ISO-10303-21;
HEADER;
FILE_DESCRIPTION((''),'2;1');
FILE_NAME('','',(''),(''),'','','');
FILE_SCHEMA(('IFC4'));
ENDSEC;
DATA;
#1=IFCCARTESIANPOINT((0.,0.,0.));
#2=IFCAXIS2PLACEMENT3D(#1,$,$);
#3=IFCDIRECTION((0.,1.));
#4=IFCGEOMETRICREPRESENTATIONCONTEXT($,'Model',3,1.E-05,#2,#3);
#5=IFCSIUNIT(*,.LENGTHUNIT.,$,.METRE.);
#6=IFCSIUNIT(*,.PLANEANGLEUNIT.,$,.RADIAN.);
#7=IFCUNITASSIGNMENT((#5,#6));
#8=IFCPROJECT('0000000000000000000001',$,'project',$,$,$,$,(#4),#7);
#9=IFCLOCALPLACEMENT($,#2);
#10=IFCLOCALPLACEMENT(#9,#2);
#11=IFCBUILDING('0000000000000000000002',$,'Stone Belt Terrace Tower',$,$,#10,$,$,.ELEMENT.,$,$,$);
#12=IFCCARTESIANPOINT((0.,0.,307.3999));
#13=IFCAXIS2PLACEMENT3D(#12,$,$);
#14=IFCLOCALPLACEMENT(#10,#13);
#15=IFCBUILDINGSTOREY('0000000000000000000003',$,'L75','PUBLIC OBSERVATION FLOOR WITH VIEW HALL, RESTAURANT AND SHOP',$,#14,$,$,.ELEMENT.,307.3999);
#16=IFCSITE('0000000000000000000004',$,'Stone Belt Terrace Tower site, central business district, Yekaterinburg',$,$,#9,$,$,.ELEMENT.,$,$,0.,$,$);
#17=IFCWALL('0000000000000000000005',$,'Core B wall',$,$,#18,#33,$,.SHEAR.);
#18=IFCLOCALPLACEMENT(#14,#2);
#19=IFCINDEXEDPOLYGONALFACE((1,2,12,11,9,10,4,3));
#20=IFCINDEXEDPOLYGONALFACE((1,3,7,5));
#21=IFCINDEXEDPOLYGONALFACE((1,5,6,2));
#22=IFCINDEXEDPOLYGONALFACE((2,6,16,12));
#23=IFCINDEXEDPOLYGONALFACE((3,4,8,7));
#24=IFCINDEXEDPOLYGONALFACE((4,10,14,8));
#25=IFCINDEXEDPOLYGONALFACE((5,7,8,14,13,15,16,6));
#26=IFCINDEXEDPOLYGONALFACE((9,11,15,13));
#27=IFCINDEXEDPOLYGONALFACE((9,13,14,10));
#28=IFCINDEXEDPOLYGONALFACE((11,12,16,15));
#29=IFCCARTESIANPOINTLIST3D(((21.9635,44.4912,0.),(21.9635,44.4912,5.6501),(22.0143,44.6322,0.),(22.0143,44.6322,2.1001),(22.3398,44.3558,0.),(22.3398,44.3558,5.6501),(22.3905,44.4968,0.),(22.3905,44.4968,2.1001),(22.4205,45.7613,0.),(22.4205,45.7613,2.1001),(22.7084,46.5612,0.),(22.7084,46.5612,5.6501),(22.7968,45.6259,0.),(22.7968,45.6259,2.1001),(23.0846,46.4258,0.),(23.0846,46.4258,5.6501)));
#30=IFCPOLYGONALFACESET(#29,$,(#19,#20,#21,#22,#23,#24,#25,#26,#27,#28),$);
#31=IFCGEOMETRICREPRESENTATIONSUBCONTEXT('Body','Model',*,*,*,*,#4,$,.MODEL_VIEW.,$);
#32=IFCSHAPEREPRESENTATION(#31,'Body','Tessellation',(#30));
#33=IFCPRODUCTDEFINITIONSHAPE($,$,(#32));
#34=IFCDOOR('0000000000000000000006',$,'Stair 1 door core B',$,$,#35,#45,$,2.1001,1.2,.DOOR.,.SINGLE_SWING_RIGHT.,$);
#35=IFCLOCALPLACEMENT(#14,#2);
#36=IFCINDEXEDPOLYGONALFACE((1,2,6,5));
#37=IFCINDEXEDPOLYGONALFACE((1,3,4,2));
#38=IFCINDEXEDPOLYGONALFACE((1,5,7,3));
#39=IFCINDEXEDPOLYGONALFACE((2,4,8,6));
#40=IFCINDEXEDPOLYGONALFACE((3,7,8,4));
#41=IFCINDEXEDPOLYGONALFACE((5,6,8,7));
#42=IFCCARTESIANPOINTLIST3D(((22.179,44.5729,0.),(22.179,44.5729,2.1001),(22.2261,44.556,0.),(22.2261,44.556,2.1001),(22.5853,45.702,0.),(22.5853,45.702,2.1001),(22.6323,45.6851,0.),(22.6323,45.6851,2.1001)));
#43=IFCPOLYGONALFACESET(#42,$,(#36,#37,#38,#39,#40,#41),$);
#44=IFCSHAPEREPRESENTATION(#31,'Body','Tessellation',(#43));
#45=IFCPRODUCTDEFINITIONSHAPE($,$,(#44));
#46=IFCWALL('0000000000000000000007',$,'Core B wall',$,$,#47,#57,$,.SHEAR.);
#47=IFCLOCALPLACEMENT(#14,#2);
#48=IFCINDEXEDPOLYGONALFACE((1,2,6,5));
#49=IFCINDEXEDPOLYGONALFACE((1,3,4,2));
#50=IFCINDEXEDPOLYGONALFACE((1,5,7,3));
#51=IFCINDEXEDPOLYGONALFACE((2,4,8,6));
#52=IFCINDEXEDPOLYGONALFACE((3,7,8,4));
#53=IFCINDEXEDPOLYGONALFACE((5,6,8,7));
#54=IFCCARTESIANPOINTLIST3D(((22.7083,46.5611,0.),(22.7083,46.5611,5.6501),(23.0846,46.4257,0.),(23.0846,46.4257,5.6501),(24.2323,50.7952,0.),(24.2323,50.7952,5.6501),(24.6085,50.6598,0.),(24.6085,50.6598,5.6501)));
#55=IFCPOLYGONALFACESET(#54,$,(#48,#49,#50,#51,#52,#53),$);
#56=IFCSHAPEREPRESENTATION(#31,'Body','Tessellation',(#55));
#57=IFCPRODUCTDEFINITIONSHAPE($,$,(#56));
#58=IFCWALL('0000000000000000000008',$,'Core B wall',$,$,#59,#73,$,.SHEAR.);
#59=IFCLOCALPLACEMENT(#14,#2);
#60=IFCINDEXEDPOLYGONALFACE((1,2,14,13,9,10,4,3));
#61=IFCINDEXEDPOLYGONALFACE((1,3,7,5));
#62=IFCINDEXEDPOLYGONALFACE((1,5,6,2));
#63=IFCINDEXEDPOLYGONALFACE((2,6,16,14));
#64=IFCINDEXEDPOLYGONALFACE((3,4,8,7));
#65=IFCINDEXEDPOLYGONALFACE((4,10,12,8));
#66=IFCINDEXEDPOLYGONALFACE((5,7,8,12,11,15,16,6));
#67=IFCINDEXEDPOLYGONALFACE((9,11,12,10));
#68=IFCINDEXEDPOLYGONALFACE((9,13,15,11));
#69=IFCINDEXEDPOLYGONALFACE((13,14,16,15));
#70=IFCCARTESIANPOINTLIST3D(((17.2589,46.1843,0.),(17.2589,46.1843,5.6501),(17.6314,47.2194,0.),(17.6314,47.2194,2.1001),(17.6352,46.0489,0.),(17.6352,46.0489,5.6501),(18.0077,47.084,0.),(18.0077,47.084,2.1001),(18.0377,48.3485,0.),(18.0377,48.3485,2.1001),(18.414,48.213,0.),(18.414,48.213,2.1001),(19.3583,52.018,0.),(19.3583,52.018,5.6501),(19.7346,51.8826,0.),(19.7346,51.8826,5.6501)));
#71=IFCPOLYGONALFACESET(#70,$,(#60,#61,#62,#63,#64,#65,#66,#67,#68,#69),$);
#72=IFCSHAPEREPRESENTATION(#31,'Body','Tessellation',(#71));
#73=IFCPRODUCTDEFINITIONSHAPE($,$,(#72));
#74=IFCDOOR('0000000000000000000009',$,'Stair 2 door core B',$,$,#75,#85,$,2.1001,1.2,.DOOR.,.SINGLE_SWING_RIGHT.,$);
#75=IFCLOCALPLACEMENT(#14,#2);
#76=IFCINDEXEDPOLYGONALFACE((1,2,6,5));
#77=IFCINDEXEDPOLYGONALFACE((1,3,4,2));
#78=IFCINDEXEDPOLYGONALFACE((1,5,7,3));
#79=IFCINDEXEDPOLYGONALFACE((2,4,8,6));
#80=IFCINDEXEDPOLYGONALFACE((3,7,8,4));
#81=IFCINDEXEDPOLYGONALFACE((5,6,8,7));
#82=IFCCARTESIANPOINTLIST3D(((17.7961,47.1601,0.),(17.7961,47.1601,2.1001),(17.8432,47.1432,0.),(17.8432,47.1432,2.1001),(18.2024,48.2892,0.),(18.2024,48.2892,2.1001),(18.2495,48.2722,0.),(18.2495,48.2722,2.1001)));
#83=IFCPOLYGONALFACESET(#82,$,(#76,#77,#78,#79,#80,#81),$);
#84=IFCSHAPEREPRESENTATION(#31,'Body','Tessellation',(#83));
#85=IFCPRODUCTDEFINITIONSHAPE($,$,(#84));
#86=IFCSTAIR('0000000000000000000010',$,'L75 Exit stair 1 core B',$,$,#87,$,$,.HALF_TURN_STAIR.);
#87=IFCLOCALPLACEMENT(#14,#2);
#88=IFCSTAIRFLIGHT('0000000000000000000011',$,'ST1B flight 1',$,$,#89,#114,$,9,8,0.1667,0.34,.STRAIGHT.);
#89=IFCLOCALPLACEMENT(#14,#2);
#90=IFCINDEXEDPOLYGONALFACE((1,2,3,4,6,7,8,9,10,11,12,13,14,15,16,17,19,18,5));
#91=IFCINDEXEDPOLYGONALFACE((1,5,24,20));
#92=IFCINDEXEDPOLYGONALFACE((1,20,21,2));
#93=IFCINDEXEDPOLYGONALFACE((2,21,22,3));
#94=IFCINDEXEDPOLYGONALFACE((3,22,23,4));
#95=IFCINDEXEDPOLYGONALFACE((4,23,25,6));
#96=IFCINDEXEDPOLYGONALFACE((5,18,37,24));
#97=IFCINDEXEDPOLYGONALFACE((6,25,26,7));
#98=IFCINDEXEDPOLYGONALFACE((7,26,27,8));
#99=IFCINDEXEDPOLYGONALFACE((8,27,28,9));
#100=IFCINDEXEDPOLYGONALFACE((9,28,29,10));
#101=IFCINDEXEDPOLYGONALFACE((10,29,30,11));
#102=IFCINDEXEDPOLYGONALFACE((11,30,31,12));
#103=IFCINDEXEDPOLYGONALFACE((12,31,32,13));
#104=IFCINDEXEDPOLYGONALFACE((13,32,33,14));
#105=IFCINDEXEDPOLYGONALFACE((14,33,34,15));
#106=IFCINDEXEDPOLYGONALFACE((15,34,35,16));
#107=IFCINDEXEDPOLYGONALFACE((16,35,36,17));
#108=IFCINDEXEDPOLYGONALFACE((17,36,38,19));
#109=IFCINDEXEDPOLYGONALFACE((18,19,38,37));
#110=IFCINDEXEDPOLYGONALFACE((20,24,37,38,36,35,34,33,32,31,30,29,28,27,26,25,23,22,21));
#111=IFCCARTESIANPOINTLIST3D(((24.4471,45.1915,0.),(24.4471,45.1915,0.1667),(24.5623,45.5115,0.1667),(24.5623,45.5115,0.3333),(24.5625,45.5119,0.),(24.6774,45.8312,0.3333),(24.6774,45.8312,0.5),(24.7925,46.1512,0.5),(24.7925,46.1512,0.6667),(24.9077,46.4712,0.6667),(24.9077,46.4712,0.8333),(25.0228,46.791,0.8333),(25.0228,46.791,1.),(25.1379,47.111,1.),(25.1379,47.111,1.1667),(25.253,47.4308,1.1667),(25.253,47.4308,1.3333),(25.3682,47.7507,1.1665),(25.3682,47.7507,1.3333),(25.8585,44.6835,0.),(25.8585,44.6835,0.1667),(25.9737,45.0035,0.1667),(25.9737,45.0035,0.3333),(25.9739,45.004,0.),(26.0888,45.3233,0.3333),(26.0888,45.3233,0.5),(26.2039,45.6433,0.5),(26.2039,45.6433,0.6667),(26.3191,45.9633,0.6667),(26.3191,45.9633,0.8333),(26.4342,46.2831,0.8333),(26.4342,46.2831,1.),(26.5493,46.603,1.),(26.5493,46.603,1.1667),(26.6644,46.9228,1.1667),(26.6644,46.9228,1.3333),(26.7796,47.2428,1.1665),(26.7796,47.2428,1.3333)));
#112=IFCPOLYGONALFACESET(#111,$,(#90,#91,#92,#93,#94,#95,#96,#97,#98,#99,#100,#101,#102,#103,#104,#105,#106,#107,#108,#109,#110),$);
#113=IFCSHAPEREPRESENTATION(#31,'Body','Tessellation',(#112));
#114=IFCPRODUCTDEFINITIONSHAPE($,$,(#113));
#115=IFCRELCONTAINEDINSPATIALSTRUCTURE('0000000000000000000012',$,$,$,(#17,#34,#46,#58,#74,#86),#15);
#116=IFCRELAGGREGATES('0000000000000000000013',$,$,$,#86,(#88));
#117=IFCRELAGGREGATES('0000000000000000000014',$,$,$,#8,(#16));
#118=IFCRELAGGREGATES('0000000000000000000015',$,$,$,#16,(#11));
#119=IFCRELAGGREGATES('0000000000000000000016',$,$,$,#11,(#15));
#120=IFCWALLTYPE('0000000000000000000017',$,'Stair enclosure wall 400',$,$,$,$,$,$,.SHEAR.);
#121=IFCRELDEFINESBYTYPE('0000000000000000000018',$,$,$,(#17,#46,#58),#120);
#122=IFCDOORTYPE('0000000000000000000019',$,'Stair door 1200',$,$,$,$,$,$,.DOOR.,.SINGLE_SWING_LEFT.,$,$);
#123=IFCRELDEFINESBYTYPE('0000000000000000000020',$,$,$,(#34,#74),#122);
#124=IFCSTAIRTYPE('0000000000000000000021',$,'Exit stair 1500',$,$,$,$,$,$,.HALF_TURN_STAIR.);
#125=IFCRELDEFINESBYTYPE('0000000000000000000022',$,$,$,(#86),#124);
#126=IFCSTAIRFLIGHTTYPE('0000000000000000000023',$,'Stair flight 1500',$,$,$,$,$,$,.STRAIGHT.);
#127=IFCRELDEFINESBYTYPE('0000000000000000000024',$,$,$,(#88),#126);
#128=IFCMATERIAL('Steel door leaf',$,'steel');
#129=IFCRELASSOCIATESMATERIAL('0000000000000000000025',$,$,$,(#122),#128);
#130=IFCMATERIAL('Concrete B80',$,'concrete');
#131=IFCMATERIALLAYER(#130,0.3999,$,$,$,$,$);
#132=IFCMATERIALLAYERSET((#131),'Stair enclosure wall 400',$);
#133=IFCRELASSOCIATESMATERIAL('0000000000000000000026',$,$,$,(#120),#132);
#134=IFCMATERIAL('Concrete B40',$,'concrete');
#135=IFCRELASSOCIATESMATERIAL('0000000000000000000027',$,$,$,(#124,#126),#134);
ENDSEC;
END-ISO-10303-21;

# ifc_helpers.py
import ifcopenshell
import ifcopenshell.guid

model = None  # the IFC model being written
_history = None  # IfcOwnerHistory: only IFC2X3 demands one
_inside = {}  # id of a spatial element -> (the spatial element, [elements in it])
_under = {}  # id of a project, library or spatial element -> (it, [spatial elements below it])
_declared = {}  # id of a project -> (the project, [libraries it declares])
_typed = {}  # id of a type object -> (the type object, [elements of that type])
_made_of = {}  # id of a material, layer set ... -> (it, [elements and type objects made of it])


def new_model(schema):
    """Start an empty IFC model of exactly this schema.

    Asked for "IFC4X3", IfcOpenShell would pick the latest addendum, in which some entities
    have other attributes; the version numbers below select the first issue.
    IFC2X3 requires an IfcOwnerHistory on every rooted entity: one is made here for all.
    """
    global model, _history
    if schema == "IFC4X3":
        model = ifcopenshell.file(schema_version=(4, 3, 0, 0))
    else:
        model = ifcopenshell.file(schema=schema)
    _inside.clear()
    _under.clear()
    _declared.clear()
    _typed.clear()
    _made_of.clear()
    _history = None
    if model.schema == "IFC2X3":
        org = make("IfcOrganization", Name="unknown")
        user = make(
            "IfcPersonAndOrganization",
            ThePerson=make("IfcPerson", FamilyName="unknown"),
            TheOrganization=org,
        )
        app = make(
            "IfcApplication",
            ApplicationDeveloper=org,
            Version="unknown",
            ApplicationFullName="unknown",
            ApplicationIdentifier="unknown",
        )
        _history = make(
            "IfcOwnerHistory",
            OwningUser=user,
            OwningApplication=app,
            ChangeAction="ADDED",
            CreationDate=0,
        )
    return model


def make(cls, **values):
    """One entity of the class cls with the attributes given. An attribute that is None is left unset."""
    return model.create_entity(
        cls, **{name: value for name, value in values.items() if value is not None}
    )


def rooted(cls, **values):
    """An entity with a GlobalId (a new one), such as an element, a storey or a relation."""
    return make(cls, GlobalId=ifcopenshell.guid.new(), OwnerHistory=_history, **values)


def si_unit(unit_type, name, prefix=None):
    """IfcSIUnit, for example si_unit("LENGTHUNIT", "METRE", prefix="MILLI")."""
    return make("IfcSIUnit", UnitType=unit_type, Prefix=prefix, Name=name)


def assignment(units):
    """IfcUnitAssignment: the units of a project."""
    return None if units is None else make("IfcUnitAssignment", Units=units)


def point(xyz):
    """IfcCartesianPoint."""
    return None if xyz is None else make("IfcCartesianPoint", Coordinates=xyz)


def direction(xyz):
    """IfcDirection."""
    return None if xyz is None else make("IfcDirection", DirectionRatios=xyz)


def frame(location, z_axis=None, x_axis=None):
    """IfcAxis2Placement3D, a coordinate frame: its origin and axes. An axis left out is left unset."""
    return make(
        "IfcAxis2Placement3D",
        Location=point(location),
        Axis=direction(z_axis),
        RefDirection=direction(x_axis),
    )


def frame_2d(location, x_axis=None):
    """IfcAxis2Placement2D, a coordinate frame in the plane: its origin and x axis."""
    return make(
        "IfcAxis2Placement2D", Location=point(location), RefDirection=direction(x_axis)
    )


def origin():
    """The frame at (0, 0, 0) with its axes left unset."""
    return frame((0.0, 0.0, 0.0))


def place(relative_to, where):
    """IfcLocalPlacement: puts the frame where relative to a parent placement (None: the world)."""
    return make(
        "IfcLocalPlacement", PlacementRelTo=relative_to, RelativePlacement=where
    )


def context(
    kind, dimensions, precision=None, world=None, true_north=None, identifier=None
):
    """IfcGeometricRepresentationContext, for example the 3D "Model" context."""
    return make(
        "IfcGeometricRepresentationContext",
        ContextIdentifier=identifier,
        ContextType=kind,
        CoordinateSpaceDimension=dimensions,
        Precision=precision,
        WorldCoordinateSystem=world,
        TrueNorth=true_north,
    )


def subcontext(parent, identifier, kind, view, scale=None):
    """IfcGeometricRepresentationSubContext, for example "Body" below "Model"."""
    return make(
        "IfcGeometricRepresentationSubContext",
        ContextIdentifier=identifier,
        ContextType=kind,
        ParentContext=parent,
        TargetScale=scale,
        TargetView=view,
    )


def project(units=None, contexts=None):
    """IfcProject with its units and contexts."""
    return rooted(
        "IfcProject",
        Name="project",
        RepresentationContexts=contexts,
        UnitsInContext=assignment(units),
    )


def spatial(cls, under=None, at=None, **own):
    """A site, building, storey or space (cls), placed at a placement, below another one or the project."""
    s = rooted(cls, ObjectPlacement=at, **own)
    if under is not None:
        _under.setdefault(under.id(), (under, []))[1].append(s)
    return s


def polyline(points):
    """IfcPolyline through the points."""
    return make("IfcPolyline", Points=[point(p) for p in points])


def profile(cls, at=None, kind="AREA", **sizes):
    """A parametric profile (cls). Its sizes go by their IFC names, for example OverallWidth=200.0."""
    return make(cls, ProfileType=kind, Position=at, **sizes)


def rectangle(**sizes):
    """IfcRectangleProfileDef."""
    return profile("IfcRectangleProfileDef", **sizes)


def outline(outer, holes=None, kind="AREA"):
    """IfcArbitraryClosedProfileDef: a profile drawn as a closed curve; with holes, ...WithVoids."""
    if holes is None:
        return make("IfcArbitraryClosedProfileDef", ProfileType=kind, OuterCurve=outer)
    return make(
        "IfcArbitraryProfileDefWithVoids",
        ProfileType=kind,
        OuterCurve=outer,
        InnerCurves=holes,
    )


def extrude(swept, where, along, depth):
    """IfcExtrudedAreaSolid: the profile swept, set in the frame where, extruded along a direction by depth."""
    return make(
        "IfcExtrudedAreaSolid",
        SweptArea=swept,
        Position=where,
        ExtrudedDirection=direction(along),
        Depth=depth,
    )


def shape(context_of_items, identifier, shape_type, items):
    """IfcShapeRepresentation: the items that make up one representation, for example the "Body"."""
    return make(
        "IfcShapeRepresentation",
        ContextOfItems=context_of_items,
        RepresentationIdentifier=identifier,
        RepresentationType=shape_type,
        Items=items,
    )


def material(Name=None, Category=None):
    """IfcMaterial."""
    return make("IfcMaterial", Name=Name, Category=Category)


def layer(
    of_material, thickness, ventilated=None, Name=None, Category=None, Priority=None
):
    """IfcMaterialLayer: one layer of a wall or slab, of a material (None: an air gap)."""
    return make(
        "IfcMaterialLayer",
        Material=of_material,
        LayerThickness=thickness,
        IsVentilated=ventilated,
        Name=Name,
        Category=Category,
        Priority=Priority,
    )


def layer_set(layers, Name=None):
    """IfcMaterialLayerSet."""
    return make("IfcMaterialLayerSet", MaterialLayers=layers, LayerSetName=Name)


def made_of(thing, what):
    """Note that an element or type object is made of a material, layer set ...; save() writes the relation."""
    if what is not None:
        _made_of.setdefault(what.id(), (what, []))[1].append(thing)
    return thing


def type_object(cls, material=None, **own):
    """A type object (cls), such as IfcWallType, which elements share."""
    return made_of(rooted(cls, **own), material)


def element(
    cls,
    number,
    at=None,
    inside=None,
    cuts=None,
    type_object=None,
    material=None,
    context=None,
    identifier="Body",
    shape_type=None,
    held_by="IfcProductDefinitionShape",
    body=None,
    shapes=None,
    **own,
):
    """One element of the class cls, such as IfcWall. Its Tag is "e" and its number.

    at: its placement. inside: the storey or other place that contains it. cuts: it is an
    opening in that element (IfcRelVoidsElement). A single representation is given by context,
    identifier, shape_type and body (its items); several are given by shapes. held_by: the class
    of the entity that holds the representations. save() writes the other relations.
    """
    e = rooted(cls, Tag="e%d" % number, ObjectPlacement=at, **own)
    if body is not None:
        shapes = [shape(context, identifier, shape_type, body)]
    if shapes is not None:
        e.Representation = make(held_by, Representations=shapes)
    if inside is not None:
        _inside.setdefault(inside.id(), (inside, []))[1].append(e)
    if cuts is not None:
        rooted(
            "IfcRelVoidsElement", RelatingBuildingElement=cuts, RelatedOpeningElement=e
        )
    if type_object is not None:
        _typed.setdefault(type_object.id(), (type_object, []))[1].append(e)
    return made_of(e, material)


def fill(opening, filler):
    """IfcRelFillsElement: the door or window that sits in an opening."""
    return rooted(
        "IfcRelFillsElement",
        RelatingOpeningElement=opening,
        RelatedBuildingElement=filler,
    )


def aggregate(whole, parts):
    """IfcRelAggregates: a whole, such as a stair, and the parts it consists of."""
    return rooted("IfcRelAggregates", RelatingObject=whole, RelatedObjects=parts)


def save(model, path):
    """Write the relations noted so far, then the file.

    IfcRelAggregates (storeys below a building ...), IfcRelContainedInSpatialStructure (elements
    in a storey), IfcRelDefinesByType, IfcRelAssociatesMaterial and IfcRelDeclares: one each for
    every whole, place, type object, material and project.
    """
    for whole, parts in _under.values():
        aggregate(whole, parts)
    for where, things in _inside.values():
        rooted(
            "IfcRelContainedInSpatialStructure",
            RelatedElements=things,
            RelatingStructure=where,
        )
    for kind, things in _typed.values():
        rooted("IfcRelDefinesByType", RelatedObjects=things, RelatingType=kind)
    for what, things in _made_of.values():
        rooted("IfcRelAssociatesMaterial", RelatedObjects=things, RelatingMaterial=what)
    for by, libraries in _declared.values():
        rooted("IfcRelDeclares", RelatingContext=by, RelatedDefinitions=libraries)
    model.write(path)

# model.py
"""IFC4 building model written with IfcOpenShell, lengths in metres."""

from ifc_helpers import new_model, si_unit, direction, frame, frame_2d, origin, place, context, subcontext, project, spatial, polyline, rectangle, outline, extrude, material, layer, layer_set, type_object, element, fill, aggregate, save


model = new_model("IFC4")

# Units and contexts
model_context = context("Model", 3, precision=1e-05, world=origin(), true_north=direction((0.0, 1.0)))
body_context = subcontext(model_context, "Body", "Model", "MODEL_VIEW")
ifc_project = project(units=[si_unit("LENGTHUNIT", "METRE"), si_unit("PLANEANGLEUNIT", "RADIAN")], contexts=[model_context])

# Site, building, storey
site_placement = place(None, origin())
site = spatial("IfcSite", under=ifc_project, at=site_placement, Name="Stone Belt Terrace Tower site, central business district, Yekaterinburg", CompositionType="ELEMENT", RefElevation=0.0)
building_placement = place(site_placement, origin())
building = spatial("IfcBuilding", under=site, at=building_placement, Name="Stone Belt Terrace Tower", CompositionType="ELEMENT")
storey_placement = place(building_placement, frame((0.0, 0.0, 307.3999)))
storey = spatial("IfcBuildingStorey", under=building, at=storey_placement, Name="L75", Description="PUBLIC OBSERVATION FLOOR WITH VIEW HALL, RESTAURANT AND SHOP", CompositionType="ELEMENT", Elevation=307.3999)

# Wall, opening, door
ifc_material_1 = material(Name="Steel door leaf", Category="steel")
door_type_1 = type_object("IfcDoorType", Name="Stair door 1200", OperationType="SINGLE_SWING_LEFT", PredefinedType="DOOR", material=ifc_material_1)
ifc_material_2 = material(Name="Concrete B80", Category="concrete")
ifc_layer_1 = layer(ifc_material_2, 0.3999)
ifc_layer_set_1 = layer_set([ifc_layer_1], Name="Stair enclosure wall 400")
wall_type_1 = type_object("IfcWallType", Name="Stair enclosure wall 400", PredefinedType="SHEAR", material=ifc_layer_set_1)
wall_1_placement = place(storey_placement, frame((22.1516, 44.4233, 0.0), z_axis=(0.0, 0.0, 1.0), x_axis=(0.338578, 0.940938, 0.0)))
wall_1 = element("IfcWall", 1, at=wall_1_placement, inside=storey, type_object=wall_type_1, Name="Core B wall", PredefinedType="SHEAR", context=body_context, shape_type="SweptSolid", body=[
    extrude(rectangle(XDim=2.2, YDim=0.3999, at=frame_2d((1.1001, 0.0))), origin(), (0.0, 0.0, 1.0), 5.6501),
])
opening_1_placement = place(wall_1_placement, frame((0.1499, 0.0, 0.0)))
opening_1 = element("IfcOpeningElement", 2, at=opening_1_placement, cuts=wall_1, PredefinedType="OPENING", context=body_context, shape_type="SweptSolid", body=[
    extrude(rectangle(XDim=1.2, YDim=2.1001, at=frame_2d((0.6001, 1.05))), frame((0.0, 0.21, 0.0), z_axis=(0.0, -1.0, 0.0), x_axis=(1.0, 0.0, 0.0)), (0.0, 0.0, 1.0), 0.4199),
])
door_1_placement = place(opening_1_placement, origin())
door_1 = element("IfcDoor", 3, at=door_1_placement, inside=storey, type_object=door_type_1, Name="Stair 1 door core B", OperationType="SINGLE_SWING_RIGHT", OverallHeight=2.1001, OverallWidth=1.2, PredefinedType="DOOR", context=body_context, shape_type="SweptSolid", body=[
    extrude(rectangle(XDim=1.2, YDim=2.1001, at=frame_2d((0.6001, 1.05))), frame((0.0, 0.0249, 0.0), z_axis=(0.0, -1.0, 0.0), x_axis=(1.0, 0.0, 0.0)), (0.0, 0.0, 1.0), 0.05),
])
fill(opening_1, door_1)

# Wall
wall_2_placement = place(storey_placement, frame((22.8965, 46.4934, 0.0), z_axis=(0.0, 0.0, 1.0), x_axis=(0.338648, 0.940913, 0.0)))
element("IfcWall", 4, at=wall_2_placement, inside=storey, type_object=wall_type_1, Name="Core B wall", PredefinedType="SHEAR", context=body_context, shape_type="SweptSolid", body=[
    extrude(rectangle(XDim=4.5, YDim=0.3999, at=frame_2d((2.25, 0.0))), origin(), (0.0, 0.0, 1.0), 5.6501),
])

# Wall, opening, door
wall_3_placement = place(storey_placement, frame((17.447, 46.1165, 0.0), z_axis=(0.0, 0.0, 1.0), x_axis=(0.338608, 0.940928, 0.0)))
wall_3 = element("IfcWall", 5, at=wall_3_placement, inside=storey, type_object=wall_type_1, Name="Core B wall", PredefinedType="SHEAR", context=body_context, shape_type="SweptSolid", body=[
    extrude(rectangle(XDim=6.2, YDim=0.3999, at=frame_2d((3.1001, 0.0))), origin(), (0.0, 0.0, 1.0), 5.6501),
])
opening_2_placement = place(wall_3_placement, frame((1.1001, 0.0, 0.0)))
opening_2 = element("IfcOpeningElement", 6, at=opening_2_placement, cuts=wall_3, PredefinedType="OPENING", context=body_context, shape_type="SweptSolid", body=[
    extrude(rectangle(XDim=1.2, YDim=2.1001, at=frame_2d((0.6001, 1.05))), frame((0.0, 0.21, 0.0), z_axis=(0.0, -1.0, 0.0), x_axis=(1.0, 0.0, 0.0)), (0.0, 0.0, 1.0), 0.4199),
])
door_2_placement = place(opening_2_placement, origin())
door_2 = element("IfcDoor", 7, at=door_2_placement, inside=storey, type_object=door_type_1, Name="Stair 2 door core B", OperationType="SINGLE_SWING_RIGHT", OverallHeight=2.1001, OverallWidth=1.2, PredefinedType="DOOR", context=body_context, shape_type="SweptSolid", body=[
    extrude(rectangle(XDim=1.2, YDim=2.1001, at=frame_2d((0.6001, 1.05))), frame((0.0, 0.0249, 0.0), z_axis=(0.0, -1.0, 0.0), x_axis=(1.0, 0.0, 0.0)), (0.0, 0.0, 1.0), 0.05),
])
fill(opening_2, door_2)

# Stair, stair flight
ifc_material_3 = material(Name="Concrete B40", Category="concrete")
stair_type = type_object("IfcStairType", Name="Exit stair 1500", PredefinedType="HALF_TURN_STAIR", material=ifc_material_3)
stair_placement = place(storey_placement, origin())
stair = element("IfcStair", 8, at=stair_placement, inside=storey, type_object=stair_type, Name="L75 Exit stair 1 core B", PredefinedType="HALF_TURN_STAIR")
stair_flight_type = type_object("IfcStairFlightType", Name="Stair flight 1500", PredefinedType="STRAIGHT", material=ifc_material_3)
stair_flight_placement = place(storey_placement, frame((25.1528, 44.9375, 0.0), z_axis=(0.0, 0.0, 1.0), x_axis=(0.338624, 0.940922, 0.0)))
stair_flight = element("IfcStairFlight", 9, at=stair_flight_placement, type_object=stair_flight_type, Name="ST1B flight 1", NumberOfRisers=9, NumberOfTreads=8, PredefinedType="STRAIGHT", RiserHeight=0.1667, TreadLength=0.34, context=body_context, shape_type="SweptSolid", body=[
    extrude(outline(polyline([(0.0, 0.0), (0.0, 0.1667), (0.3401, 0.1667), (0.3401, 0.3333), (0.6799, 0.3333), (0.6799, 0.5), (1.02, 0.5), (1.02, 0.6667), (1.3601, 0.6667), (1.3601, 0.8333), (1.7, 0.8333), (1.7, 1.0), (2.04, 1.0), (2.04, 1.1667), (2.3799, 1.1667), (2.3799, 1.3333), (2.72, 1.3333), (2.72, 1.5), (2.72, 1.1665), (0.3406, 0.0), (0.0, 0.0)])), frame((0.0, 0.75, 0.0), z_axis=(0.0, -1.0, 0.0), x_axis=(1.0, 0.0, 0.0)), (0.0, 0.0, 1.0), 1.5),
])
aggregate(stair, [stair_flight])

save(model, "model.ifc")
